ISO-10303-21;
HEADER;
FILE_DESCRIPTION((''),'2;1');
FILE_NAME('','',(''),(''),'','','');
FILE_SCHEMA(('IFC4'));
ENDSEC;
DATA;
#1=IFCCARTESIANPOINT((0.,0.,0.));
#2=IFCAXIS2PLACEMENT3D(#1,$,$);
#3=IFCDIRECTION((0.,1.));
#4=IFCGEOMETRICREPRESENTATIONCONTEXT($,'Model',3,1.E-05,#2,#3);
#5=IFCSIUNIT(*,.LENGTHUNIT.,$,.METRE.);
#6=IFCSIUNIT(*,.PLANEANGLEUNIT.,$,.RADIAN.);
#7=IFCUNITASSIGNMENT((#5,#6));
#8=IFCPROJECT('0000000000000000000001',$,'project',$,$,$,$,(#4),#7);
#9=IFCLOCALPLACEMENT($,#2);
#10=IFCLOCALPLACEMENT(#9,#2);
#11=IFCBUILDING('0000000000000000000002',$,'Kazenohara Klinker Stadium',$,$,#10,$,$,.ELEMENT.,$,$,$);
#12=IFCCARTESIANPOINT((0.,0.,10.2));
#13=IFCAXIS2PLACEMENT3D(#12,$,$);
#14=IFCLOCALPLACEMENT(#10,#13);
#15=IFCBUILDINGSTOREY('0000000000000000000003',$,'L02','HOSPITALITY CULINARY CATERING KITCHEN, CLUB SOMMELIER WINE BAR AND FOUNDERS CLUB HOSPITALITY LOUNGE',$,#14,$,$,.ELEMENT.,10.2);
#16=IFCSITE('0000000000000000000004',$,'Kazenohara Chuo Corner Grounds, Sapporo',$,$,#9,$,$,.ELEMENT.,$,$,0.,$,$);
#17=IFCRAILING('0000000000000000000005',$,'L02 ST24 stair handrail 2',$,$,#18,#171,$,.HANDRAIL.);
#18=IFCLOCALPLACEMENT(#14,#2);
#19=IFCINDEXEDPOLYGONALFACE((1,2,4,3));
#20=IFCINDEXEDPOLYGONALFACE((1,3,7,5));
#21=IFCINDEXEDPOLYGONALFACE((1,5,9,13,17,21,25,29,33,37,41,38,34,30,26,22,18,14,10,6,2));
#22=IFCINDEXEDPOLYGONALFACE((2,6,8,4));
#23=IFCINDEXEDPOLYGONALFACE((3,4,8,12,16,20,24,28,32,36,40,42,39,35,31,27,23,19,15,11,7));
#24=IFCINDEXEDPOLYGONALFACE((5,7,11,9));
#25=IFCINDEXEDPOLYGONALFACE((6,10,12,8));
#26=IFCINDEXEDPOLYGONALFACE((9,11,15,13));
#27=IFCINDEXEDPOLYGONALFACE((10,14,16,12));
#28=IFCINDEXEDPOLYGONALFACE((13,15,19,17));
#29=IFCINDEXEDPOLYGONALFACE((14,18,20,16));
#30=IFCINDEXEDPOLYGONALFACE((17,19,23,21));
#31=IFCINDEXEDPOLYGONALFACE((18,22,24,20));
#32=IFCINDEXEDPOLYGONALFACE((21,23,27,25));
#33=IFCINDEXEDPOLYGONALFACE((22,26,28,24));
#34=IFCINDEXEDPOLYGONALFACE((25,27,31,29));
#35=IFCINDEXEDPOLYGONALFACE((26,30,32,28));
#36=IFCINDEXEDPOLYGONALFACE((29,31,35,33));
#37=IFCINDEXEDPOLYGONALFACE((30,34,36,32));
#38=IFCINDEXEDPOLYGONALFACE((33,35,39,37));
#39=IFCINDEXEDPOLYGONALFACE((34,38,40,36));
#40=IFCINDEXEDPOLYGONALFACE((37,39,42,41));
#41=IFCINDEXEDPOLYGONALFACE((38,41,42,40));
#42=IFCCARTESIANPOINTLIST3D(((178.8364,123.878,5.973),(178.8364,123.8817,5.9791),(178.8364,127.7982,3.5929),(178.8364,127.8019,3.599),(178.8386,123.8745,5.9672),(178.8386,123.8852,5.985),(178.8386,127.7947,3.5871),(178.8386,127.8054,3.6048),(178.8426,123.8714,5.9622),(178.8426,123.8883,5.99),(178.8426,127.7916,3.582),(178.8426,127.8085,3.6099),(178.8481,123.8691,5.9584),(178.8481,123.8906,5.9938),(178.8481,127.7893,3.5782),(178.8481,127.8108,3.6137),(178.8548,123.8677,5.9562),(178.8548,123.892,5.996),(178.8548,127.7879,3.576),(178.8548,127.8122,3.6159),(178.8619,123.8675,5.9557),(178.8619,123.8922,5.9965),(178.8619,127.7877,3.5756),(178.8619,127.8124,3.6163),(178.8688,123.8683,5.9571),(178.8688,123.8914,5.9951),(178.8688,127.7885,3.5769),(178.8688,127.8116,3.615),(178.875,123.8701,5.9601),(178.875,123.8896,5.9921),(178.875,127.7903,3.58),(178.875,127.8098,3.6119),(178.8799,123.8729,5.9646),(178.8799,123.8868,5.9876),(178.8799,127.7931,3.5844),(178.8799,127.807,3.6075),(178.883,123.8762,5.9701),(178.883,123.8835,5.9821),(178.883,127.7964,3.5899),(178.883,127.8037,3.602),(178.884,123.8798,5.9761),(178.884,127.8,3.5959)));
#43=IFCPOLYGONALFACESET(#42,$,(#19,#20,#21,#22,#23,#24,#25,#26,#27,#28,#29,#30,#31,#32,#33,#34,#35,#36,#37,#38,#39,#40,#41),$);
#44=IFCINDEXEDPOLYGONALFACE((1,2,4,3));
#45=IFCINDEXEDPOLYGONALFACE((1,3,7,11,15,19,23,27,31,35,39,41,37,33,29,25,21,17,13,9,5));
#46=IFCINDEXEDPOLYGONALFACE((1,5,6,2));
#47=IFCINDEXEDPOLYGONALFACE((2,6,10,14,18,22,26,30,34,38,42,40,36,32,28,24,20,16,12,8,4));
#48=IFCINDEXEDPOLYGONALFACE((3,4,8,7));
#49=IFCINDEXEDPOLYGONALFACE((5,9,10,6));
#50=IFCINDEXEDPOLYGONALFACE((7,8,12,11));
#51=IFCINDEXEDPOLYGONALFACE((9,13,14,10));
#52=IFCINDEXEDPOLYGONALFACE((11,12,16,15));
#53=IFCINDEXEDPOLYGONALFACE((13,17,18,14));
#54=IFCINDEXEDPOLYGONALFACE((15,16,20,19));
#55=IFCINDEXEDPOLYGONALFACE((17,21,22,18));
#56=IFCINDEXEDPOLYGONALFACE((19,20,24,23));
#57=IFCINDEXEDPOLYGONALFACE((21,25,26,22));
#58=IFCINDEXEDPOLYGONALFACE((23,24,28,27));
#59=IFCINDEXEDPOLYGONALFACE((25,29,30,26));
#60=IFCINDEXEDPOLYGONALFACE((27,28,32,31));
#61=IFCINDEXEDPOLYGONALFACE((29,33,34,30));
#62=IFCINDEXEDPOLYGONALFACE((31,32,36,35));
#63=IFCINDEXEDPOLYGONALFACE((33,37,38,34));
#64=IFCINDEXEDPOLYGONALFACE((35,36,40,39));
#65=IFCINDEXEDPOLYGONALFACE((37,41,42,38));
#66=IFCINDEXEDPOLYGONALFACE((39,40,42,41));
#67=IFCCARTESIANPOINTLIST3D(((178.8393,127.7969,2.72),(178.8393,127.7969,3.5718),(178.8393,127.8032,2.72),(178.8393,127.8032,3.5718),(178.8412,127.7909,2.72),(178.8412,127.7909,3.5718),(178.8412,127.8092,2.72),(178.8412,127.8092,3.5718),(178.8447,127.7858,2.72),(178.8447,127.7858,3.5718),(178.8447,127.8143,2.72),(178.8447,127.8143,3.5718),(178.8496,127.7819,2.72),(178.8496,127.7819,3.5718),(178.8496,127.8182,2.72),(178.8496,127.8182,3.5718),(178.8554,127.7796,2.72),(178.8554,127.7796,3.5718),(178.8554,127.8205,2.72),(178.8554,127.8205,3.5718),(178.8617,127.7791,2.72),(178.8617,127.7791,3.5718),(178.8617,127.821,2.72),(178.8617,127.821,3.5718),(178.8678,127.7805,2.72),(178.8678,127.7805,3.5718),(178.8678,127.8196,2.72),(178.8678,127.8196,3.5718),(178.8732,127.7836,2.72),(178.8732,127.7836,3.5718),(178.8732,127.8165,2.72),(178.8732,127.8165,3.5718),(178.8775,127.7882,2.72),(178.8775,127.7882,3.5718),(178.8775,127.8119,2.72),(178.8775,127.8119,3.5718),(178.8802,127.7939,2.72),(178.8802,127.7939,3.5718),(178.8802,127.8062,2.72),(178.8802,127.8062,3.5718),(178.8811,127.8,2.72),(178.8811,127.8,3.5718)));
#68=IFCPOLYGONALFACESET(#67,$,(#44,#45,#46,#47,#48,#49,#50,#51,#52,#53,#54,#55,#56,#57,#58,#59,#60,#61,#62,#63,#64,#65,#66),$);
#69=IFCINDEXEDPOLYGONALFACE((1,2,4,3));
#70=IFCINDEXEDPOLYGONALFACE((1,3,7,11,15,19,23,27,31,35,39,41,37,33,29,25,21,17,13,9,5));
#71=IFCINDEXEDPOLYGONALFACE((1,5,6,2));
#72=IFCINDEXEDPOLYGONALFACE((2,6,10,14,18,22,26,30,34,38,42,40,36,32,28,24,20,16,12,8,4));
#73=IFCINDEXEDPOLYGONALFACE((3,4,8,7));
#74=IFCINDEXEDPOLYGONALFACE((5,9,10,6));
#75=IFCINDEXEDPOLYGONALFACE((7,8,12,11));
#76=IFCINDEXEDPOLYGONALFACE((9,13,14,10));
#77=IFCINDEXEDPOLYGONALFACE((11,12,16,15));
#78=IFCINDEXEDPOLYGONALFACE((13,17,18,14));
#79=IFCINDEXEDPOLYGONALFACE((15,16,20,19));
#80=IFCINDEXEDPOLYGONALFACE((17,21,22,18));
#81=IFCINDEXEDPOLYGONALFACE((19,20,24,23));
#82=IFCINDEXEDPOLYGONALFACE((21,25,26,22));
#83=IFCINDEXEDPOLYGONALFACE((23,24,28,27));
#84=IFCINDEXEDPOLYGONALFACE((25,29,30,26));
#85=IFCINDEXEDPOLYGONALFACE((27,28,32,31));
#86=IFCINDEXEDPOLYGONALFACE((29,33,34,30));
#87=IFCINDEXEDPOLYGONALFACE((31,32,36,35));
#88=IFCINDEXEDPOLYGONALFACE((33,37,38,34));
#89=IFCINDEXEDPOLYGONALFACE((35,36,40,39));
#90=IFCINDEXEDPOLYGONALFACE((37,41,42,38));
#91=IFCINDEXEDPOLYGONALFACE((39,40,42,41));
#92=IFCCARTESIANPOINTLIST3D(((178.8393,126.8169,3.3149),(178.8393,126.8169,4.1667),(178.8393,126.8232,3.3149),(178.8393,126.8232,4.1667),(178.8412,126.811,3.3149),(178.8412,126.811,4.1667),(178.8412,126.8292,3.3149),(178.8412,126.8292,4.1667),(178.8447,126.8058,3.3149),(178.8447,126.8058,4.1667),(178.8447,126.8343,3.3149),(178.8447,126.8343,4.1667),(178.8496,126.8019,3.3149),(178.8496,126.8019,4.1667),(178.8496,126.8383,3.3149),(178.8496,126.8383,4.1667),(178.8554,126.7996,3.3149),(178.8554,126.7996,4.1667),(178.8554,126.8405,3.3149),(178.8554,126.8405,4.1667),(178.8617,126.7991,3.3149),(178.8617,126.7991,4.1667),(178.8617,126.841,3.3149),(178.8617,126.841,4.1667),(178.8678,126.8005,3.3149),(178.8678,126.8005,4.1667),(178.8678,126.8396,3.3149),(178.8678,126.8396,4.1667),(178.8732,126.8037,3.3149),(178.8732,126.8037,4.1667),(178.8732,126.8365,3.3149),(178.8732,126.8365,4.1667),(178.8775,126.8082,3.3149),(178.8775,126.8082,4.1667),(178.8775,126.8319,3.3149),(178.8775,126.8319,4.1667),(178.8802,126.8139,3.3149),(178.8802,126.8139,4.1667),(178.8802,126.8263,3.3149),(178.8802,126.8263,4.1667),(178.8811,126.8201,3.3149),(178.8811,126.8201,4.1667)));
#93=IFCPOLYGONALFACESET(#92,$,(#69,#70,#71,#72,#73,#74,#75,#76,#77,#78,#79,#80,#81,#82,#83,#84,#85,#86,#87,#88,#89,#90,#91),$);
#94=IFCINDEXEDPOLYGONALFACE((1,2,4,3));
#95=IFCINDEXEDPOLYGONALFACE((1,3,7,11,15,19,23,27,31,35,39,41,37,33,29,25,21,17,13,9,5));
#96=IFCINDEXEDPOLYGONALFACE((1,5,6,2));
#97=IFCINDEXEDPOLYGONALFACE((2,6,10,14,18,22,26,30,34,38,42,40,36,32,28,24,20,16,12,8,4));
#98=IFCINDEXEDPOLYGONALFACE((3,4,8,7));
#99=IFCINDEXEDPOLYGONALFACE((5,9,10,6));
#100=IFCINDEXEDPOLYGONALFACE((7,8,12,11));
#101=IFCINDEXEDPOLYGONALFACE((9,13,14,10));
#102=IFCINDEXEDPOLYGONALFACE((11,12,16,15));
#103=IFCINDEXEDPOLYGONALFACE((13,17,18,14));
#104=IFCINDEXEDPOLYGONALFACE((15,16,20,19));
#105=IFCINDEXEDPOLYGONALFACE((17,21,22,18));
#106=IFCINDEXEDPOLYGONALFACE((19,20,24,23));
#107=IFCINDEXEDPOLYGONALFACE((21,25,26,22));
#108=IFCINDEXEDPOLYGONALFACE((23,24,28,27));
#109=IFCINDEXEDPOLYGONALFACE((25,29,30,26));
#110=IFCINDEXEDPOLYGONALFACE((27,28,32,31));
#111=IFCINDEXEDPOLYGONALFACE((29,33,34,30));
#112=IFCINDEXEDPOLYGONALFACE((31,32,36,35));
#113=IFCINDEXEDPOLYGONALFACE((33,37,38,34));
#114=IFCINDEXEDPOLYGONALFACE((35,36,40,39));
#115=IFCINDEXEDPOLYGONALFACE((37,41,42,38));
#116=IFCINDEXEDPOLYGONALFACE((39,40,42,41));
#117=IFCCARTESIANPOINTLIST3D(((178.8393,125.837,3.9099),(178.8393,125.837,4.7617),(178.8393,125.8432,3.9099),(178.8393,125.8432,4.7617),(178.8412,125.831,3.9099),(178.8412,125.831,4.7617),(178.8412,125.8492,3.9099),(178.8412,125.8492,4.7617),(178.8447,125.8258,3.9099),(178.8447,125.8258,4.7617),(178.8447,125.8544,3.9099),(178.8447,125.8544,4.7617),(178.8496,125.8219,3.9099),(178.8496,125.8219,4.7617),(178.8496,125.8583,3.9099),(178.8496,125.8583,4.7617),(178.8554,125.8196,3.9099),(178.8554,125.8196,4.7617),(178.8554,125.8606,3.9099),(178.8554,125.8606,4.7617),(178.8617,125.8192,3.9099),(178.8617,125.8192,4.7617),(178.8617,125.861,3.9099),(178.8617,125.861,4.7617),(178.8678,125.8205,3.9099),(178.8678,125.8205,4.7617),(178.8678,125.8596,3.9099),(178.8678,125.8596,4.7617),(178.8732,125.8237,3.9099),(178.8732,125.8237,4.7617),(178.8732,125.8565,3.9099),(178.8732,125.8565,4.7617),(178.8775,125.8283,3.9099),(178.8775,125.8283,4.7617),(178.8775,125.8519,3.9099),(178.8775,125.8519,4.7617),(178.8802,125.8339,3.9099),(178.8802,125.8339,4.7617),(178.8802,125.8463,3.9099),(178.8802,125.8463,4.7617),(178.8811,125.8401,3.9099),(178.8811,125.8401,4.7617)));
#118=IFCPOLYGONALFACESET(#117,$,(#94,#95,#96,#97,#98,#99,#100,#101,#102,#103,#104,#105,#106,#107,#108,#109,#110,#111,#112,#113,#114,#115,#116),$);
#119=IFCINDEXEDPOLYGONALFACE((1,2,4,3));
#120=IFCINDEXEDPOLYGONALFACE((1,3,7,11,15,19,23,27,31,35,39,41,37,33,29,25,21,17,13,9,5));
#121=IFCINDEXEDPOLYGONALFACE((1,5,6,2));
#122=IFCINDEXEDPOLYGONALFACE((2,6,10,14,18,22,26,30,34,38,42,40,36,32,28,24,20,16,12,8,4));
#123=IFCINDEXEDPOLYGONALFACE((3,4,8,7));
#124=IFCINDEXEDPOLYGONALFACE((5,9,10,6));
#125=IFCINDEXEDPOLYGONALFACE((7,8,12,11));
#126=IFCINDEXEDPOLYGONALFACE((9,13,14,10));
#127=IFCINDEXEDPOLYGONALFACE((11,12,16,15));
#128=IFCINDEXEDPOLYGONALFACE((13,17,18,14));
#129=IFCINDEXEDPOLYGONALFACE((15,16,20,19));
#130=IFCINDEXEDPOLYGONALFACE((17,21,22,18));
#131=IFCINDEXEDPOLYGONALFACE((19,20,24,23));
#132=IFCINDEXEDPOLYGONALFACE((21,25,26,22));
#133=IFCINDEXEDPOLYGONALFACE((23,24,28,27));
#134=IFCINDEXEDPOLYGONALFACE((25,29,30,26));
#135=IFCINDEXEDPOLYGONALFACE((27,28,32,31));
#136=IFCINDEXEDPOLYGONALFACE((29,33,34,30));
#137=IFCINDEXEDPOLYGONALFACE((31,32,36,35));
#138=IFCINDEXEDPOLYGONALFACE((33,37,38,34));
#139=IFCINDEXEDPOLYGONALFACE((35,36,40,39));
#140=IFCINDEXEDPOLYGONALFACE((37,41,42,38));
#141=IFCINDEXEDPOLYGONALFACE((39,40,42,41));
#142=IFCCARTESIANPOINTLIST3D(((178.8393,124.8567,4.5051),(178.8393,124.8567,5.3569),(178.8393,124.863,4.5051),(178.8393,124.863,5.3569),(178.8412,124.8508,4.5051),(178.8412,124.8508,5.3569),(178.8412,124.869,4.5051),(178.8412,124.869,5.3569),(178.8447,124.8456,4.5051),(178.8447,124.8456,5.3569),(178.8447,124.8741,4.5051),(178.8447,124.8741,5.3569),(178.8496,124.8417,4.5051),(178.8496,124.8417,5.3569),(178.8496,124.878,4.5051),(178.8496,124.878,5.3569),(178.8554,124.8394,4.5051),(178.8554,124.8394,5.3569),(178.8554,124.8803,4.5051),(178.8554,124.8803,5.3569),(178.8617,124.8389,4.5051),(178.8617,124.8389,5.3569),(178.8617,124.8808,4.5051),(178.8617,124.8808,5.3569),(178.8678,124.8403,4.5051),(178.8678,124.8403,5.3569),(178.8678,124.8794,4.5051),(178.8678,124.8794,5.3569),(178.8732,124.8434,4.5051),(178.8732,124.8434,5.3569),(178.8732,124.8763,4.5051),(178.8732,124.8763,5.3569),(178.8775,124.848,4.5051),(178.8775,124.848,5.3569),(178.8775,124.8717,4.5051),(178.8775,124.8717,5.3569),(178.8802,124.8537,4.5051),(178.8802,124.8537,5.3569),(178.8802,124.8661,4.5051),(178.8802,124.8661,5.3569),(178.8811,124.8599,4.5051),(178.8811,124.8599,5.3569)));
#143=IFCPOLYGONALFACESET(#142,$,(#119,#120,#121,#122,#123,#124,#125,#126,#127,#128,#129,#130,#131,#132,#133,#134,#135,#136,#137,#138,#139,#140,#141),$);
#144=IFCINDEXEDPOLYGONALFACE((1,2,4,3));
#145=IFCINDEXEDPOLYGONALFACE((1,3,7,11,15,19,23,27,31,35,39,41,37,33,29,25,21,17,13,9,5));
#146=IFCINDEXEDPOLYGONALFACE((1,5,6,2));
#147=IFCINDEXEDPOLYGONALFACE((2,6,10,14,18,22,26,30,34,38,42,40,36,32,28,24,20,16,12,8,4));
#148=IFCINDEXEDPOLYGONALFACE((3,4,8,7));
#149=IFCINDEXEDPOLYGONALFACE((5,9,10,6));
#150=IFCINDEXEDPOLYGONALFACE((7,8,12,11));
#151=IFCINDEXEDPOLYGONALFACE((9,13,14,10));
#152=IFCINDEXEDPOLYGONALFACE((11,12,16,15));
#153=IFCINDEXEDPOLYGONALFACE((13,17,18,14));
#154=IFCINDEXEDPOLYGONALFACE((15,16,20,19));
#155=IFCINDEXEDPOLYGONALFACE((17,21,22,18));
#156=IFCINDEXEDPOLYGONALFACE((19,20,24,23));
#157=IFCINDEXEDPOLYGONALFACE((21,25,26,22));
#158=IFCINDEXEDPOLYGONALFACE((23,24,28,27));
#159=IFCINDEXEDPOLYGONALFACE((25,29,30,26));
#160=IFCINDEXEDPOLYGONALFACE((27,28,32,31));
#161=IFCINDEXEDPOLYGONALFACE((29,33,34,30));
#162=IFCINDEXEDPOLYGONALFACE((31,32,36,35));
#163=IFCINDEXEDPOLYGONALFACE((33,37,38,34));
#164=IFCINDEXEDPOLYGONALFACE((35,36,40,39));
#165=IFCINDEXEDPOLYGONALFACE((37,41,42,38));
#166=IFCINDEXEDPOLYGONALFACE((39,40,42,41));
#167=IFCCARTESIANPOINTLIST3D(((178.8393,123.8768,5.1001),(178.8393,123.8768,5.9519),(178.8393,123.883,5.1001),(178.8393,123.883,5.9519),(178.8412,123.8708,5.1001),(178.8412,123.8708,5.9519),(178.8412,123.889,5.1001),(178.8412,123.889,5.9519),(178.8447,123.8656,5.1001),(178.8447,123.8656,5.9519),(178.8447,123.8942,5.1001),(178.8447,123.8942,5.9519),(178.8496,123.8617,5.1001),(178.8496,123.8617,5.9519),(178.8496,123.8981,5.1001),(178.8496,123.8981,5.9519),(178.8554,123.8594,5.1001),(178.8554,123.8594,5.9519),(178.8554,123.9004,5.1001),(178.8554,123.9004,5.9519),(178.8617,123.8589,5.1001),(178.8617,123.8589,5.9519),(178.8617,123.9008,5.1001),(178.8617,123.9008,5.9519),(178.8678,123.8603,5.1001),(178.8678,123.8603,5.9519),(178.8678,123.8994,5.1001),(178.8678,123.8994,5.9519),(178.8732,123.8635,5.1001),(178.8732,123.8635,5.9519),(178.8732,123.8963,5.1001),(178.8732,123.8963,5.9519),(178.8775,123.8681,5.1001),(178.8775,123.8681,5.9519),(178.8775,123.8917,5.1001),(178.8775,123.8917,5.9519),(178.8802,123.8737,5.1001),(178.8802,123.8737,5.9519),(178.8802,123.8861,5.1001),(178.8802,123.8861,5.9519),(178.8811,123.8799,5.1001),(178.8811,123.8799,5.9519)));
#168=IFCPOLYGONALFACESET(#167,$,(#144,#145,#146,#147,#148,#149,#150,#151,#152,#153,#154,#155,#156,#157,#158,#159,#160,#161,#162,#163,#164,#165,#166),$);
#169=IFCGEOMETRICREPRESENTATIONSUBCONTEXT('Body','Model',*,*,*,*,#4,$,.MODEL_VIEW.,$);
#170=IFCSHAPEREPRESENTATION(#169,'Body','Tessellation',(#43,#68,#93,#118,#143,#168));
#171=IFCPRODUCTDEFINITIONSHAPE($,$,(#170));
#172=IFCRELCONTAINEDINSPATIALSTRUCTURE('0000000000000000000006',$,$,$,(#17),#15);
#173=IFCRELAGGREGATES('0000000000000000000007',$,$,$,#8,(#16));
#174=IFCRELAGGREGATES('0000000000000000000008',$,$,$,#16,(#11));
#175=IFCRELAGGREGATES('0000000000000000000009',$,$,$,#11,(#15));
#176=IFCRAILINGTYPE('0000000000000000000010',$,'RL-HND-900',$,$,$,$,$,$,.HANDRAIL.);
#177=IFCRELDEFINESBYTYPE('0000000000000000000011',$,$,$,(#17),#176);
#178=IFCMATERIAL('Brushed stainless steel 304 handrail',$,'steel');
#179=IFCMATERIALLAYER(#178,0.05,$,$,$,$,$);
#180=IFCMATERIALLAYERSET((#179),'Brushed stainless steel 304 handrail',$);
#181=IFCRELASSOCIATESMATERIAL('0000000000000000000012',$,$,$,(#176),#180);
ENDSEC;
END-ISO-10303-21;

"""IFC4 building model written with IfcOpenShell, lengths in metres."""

from ifc_helpers import new_model, si_unit, direction, frame, origin, origin_2d, place, context, subcontext, project, spatial, circle, extrude, material, layer, layer_set, type_object, element, save


model = new_model("IFC4")

# Units and contexts
model_context = context("Model", 3, precision=1e-05, world=origin(), true_north=direction((0.0, 1.0)))
body_context = subcontext(model_context, "Body", "Model", "MODEL_VIEW")
ifc_project = project(units=[si_unit("LENGTHUNIT", "METRE"), si_unit("PLANEANGLEUNIT", "RADIAN")], contexts=[model_context])

# Site, building, storey
site_placement = place(None, origin())
site = spatial("IfcSite", under=ifc_project, at=site_placement, Name="Kazenohara Chuo Corner Grounds, Sapporo", CompositionType="ELEMENT", RefElevation=0.0)
building_placement = place(site_placement, origin())
building = spatial("IfcBuilding", under=site, at=building_placement, Name="Kazenohara Klinker Stadium", CompositionType="ELEMENT")
storey_placement = place(building_placement, frame((0.0, 0.0, 10.2)))
storey = spatial("IfcBuildingStorey", under=building, at=storey_placement, Name="L02", Description="HOSPITALITY CULINARY CATERING KITCHEN, CLUB SOMMELIER WINE BAR AND FOUNDERS CLUB HOSPITALITY LOUNGE", CompositionType="ELEMENT", Elevation=10.2)

# Railing
ifc_material_1 = material(Name="Brushed stainless steel 304 handrail", Category="steel")
ifc_layer_1 = layer(ifc_material_1, 0.05)
ifc_layer_set_1 = layer_set([ifc_layer_1], Name="Brushed stainless steel 304 handrail")
railing_type_1 = type_object("IfcRailingType", Name="RL-HND-900", PredefinedType="HANDRAIL", material=ifc_layer_set_1)
for number, where, name in (
    (1, (178.8601, 127.8, 2.72), "L02 ST24 stair handrail 2"),
):
    element("IfcRailing", number, at=place(storey_placement, frame(where)), inside=storey, type_object=railing_type_1, Name=name, PredefinedType="HANDRAIL", context=body_context, shape_type="SweptSolid", body=[
        extrude(circle(Radius=0.0239, at=origin_2d()), frame((0.0, 0.0, 0.876), z_axis=(0.0, -0.854785, 0.518982), x_axis=(1.0, 0.0, 0.0)), (0.0, 0.0, 1.0), 4.5862),
        extrude(circle(Radius=0.021, at=origin_2d()), origin(), (0.0, 0.0, 1.0), 0.8518),
        extrude(circle(Radius=0.021, at=origin_2d()), frame((0.0, -0.98, 0.595)), (0.0, 0.0, 1.0), 0.8518),
        extrude(circle(Radius=0.021, at=origin_2d()), frame((0.0, -1.96, 1.1899)), (0.0, 0.0, 1.0), 0.8518),
        extrude(circle(Radius=0.021, at=origin_2d()), frame((0.0, -2.9402, 1.7852)), (0.0, 0.0, 1.0), 0.8518),
        extrude(circle(Radius=0.021, at=origin_2d()), frame((0.0, -3.9202, 2.3801)), (0.0, 0.0, 1.0), 0.8518),
    ])

save(model, "model.ifc")
